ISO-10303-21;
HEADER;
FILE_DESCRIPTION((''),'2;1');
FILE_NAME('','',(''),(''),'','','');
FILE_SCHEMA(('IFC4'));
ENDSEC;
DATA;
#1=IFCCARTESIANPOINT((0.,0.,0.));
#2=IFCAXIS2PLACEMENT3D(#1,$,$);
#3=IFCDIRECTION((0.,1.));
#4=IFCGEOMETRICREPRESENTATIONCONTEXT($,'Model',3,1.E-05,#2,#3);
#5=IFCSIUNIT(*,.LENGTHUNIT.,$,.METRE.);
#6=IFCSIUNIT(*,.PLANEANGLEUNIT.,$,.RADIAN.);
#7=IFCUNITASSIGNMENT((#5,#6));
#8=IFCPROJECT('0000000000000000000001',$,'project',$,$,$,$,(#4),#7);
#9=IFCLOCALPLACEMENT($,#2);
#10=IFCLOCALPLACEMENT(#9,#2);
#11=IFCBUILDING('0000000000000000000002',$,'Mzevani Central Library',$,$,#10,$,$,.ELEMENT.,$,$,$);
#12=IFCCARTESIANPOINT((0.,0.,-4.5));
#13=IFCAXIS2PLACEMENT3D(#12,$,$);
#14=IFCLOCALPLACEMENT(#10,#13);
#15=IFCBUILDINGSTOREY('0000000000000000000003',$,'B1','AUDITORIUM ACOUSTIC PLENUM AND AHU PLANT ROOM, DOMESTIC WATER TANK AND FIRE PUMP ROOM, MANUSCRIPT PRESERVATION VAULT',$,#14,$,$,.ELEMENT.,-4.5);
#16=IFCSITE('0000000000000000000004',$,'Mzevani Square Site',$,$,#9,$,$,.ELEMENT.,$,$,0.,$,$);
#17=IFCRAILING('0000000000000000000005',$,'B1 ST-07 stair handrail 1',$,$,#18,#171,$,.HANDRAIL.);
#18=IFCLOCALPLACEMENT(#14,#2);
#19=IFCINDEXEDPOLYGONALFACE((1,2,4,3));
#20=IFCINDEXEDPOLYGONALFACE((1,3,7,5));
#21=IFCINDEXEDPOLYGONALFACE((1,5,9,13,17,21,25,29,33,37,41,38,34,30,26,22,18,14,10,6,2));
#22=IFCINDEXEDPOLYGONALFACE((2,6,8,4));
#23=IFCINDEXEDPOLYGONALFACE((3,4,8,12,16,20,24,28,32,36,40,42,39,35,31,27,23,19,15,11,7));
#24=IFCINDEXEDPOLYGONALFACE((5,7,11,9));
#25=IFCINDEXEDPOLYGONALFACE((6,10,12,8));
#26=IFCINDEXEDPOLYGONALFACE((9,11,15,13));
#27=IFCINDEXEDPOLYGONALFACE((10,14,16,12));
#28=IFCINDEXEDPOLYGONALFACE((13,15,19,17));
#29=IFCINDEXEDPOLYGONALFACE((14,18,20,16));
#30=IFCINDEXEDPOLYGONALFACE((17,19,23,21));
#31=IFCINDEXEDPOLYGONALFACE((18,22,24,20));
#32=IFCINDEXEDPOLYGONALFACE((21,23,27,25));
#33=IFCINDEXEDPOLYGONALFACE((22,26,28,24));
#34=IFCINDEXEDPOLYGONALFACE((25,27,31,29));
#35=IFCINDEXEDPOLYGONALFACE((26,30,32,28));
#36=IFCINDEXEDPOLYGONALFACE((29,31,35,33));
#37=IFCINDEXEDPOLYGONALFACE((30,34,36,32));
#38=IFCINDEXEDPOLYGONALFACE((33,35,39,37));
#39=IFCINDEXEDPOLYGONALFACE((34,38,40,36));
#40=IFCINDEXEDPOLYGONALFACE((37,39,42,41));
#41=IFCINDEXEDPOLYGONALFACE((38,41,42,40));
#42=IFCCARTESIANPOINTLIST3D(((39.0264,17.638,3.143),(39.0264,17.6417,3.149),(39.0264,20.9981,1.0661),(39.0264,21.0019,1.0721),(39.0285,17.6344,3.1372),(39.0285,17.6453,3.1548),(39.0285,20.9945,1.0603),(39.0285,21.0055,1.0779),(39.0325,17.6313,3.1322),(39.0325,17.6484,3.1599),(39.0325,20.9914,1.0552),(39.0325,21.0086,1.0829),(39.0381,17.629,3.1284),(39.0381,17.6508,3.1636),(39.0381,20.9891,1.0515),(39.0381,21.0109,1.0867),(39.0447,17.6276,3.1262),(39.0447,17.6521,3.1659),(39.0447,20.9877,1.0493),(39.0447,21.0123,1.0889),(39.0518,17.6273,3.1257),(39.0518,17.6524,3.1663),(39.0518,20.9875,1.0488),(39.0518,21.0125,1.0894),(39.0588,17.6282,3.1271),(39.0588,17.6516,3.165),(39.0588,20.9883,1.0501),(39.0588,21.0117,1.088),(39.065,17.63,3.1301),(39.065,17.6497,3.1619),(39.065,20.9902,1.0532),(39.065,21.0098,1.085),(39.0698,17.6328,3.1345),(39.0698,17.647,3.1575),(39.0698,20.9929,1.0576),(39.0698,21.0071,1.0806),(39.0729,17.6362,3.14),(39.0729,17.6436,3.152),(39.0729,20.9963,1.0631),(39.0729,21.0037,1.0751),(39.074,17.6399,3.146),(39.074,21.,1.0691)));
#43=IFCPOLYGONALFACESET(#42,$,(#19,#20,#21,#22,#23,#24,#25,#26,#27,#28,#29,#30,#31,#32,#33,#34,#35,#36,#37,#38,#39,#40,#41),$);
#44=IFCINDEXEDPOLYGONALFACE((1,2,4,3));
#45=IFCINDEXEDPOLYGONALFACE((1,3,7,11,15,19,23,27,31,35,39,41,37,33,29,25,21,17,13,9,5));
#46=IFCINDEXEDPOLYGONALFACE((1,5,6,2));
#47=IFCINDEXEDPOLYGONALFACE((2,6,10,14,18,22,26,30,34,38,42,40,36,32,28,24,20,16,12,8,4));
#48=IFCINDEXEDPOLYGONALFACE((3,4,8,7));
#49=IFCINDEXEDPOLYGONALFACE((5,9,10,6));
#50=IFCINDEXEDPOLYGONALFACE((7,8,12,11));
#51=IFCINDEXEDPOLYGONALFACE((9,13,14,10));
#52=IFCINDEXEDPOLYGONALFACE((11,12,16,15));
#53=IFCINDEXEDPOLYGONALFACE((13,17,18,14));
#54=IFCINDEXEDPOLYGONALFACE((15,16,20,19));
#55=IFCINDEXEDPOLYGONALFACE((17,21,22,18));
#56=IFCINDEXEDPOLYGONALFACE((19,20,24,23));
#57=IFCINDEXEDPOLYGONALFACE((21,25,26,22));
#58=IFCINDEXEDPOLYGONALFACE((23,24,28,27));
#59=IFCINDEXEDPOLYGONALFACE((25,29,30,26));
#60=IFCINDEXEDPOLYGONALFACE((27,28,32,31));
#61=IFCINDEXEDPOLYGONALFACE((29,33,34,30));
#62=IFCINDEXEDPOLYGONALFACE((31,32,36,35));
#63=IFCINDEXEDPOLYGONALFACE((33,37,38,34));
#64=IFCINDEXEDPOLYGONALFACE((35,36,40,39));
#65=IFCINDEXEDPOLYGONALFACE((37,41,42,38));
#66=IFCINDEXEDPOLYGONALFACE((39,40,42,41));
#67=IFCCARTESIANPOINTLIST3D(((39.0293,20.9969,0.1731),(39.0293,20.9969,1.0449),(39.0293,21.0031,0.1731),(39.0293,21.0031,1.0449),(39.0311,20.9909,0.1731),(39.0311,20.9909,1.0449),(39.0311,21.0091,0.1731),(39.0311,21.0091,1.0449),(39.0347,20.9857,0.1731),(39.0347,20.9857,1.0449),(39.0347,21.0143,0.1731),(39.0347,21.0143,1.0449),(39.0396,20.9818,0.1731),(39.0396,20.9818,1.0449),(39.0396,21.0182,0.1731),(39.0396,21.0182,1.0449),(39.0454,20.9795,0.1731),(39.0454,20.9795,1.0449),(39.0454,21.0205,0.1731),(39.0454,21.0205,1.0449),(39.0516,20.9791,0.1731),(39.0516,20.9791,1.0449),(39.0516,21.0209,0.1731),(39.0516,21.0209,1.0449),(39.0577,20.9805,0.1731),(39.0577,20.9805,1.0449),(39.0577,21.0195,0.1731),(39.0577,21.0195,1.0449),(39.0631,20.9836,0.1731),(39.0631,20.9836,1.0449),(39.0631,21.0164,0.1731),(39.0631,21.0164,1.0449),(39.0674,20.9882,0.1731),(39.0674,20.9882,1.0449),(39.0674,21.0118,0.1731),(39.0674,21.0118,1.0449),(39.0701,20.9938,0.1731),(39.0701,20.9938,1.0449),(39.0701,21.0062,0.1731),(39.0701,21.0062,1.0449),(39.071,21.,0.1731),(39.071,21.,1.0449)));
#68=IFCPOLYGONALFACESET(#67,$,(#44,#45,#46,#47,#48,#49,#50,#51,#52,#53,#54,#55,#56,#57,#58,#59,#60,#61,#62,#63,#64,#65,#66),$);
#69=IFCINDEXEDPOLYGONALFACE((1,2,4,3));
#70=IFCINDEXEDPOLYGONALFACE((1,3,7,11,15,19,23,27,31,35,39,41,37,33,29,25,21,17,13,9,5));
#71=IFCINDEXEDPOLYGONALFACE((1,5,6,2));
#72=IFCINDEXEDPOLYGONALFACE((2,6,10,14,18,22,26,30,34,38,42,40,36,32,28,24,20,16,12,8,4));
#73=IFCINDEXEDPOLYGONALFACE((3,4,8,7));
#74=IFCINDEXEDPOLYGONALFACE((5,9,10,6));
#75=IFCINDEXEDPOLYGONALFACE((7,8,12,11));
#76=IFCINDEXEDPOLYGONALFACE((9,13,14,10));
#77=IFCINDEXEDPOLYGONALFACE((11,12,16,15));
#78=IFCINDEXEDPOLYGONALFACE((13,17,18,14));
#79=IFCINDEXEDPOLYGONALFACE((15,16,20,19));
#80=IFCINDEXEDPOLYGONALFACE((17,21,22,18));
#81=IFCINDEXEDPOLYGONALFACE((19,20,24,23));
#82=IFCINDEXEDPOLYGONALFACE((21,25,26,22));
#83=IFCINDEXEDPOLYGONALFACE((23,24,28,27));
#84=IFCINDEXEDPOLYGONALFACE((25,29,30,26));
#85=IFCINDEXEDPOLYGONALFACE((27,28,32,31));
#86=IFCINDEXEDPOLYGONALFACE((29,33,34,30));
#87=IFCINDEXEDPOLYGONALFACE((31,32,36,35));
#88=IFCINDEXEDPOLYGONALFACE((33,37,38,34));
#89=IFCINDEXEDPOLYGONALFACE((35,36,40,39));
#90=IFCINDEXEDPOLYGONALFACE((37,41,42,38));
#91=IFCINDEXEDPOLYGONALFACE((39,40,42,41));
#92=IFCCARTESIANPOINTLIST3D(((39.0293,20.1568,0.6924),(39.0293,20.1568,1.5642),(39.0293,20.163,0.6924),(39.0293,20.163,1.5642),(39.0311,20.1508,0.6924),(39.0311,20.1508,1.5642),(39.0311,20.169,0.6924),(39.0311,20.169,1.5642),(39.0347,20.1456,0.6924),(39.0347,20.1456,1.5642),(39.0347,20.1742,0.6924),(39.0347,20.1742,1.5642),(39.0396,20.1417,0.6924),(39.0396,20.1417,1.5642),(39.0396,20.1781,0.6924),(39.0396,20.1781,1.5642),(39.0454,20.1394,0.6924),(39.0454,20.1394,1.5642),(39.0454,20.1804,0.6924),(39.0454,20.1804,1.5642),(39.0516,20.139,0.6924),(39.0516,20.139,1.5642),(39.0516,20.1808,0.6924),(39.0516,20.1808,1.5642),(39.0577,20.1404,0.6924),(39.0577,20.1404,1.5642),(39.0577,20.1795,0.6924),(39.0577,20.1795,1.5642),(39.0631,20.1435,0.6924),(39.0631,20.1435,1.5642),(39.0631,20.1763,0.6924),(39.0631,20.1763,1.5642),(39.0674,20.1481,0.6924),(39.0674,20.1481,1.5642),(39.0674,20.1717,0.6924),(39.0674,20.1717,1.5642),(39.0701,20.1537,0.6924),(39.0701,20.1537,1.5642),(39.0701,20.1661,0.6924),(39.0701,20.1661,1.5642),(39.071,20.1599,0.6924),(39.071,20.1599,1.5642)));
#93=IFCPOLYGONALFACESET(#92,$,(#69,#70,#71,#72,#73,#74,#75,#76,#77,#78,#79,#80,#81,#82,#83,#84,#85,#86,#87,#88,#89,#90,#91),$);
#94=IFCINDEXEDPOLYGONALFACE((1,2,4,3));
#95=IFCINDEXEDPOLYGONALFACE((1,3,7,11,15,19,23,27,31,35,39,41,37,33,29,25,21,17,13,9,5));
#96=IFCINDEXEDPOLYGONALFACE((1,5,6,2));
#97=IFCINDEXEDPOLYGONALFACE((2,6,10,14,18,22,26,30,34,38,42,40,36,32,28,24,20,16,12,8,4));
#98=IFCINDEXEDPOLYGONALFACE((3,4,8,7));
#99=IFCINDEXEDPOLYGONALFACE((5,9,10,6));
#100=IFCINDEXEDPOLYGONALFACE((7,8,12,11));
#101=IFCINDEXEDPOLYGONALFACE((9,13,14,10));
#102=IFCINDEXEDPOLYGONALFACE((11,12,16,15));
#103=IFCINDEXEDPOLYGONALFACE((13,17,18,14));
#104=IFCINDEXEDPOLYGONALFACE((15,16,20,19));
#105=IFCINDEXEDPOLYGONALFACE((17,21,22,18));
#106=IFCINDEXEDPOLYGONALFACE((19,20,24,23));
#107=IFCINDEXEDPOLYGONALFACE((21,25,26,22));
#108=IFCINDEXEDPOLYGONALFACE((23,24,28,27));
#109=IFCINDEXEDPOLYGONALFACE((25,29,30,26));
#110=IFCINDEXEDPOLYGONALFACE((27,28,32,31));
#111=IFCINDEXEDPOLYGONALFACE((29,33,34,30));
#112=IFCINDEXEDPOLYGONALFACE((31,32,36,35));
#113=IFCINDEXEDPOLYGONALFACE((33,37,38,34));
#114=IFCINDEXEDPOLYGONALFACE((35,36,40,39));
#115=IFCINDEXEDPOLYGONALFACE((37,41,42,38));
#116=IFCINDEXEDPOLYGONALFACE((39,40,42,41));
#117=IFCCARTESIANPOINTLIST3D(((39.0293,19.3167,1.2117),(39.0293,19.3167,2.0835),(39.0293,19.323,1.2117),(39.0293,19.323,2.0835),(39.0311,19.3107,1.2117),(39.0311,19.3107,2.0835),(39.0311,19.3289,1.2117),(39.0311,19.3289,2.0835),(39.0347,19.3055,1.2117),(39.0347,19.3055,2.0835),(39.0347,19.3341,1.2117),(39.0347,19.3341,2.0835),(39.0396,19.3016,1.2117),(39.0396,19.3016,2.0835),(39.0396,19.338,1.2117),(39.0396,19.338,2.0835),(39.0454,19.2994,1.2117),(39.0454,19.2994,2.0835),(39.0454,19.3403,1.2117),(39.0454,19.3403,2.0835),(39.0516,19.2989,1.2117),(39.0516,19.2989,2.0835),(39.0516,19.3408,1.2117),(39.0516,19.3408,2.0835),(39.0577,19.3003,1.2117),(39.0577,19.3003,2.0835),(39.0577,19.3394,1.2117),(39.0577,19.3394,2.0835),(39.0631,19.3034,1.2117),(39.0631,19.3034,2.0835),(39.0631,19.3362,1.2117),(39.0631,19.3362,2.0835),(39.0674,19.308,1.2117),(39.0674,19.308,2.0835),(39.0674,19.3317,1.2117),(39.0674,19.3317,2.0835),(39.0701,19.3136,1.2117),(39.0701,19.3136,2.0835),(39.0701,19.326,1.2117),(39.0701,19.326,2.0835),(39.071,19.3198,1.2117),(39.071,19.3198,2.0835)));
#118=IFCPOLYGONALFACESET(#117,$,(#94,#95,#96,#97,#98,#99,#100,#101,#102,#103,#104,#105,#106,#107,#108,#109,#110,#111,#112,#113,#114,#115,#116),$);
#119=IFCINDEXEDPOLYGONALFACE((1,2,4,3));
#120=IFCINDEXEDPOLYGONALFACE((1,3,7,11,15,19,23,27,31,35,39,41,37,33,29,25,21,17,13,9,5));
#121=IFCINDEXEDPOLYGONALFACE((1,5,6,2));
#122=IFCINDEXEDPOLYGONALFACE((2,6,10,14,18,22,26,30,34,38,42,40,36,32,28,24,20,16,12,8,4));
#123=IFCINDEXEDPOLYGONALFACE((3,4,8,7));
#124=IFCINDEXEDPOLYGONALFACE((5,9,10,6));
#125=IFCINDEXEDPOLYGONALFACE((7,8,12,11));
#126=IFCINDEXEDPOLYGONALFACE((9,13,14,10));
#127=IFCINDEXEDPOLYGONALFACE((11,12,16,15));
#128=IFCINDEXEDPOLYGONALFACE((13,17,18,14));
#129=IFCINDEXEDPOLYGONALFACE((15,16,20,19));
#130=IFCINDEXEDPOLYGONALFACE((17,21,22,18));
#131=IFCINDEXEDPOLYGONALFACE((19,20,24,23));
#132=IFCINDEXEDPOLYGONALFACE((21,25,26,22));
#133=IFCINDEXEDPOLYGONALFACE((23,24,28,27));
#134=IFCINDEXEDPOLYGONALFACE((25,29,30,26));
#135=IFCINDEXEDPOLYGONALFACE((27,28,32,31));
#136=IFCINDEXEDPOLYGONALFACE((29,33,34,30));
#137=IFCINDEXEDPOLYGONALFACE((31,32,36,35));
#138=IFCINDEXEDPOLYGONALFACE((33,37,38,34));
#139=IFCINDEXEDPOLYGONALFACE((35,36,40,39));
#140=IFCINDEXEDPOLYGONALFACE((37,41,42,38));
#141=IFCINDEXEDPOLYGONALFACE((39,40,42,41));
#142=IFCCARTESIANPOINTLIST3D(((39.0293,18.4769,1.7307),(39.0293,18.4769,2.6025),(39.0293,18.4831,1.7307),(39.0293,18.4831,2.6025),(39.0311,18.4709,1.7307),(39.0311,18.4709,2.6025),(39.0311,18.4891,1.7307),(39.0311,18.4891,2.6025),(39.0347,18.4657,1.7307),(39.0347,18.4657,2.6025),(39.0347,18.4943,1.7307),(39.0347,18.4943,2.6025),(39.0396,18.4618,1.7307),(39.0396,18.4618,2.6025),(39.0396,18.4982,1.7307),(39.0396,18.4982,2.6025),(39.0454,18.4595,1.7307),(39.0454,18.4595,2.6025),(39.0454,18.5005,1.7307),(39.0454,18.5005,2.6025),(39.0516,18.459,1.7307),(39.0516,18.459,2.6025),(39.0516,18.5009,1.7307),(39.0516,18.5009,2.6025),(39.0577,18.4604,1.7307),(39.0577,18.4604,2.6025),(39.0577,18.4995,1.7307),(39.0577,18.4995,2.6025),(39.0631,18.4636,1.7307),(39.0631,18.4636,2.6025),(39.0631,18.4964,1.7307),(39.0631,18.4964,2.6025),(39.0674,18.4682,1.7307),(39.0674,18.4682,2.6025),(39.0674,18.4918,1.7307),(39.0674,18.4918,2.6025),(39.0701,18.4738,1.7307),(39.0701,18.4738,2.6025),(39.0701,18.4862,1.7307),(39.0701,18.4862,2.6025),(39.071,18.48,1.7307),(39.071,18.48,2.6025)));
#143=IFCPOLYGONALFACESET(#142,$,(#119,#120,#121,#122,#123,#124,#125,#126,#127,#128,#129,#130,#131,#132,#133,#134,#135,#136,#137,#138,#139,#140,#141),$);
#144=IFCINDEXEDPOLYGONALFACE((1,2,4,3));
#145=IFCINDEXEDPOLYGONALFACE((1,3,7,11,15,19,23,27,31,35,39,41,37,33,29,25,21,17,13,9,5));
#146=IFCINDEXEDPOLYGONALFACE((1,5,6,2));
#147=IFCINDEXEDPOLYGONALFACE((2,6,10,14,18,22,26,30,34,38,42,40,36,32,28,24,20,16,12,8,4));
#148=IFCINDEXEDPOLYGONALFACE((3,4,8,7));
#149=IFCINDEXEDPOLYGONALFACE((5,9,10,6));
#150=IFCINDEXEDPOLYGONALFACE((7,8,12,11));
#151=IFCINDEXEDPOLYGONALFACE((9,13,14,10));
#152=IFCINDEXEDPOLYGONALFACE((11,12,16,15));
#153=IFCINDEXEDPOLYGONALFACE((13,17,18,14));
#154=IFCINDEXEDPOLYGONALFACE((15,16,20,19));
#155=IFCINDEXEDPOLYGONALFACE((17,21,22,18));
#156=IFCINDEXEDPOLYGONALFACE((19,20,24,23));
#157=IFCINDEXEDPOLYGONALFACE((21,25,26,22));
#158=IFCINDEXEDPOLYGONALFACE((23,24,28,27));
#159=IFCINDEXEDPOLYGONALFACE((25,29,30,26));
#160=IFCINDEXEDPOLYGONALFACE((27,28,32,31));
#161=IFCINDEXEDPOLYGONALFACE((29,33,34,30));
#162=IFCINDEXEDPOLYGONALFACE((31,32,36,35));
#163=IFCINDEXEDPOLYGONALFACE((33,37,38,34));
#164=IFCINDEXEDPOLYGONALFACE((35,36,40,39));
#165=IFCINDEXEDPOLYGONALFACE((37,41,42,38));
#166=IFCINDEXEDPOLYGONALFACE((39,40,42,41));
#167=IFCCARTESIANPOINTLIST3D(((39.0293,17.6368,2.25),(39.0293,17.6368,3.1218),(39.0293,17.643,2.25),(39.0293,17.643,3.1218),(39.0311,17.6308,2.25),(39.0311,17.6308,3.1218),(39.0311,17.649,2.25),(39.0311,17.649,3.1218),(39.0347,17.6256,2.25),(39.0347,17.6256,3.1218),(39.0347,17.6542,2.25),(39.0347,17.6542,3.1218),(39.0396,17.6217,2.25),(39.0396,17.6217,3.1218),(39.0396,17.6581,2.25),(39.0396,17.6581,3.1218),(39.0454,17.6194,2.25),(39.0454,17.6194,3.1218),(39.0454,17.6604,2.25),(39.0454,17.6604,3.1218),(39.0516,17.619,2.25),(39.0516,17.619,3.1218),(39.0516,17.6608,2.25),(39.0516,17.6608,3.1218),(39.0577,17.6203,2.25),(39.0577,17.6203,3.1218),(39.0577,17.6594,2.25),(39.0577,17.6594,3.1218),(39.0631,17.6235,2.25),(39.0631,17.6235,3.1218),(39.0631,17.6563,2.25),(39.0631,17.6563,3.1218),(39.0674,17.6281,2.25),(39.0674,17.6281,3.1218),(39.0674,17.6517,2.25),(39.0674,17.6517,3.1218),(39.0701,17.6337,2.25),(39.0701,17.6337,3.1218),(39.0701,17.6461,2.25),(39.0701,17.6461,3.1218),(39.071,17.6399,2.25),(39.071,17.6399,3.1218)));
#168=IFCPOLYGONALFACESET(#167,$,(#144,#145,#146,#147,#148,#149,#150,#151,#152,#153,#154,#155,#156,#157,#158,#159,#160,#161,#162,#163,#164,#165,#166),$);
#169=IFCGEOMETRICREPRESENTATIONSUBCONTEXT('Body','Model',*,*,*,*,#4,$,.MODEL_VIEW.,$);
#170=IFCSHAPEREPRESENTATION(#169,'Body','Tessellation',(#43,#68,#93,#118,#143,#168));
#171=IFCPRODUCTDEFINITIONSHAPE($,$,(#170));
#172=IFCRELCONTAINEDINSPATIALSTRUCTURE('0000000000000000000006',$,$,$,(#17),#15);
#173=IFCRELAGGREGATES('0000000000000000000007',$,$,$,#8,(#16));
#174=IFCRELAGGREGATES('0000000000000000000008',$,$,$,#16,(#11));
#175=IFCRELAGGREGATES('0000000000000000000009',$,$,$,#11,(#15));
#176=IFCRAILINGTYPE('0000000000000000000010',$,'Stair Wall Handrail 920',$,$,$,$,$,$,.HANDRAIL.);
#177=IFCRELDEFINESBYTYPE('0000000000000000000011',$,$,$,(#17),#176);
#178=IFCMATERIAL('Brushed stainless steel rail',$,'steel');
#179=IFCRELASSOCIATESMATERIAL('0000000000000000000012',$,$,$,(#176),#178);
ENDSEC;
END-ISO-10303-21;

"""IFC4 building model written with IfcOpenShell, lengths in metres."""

from ifc_helpers import new_model, si_unit, direction, frame, origin, origin_2d, place, context, subcontext, project, spatial, circle, extrude, material, type_object, element, save


model = new_model("IFC4")

# Units and contexts
model_context = context("Model", 3, precision=1e-05, world=origin(), true_north=direction((0.0, 1.0)))
body_context = subcontext(model_context, "Body", "Model", "MODEL_VIEW")
ifc_project = project(units=[si_unit("LENGTHUNIT", "METRE"), si_unit("PLANEANGLEUNIT", "RADIAN")], contexts=[model_context])

# Site, building, storey
site_placement = place(None, origin())
site = spatial("IfcSite", under=ifc_project, at=site_placement, Name="Mzevani Square Site", CompositionType="ELEMENT", RefElevation=0.0)
building_placement = place(site_placement, origin())
building = spatial("IfcBuilding", under=site, at=building_placement, Name="Mzevani Central Library", CompositionType="ELEMENT")
storey_placement = place(building_placement, frame((0.0, 0.0, -4.5)))
storey = spatial("IfcBuildingStorey", under=building, at=storey_placement, Name="B1", Description="AUDITORIUM ACOUSTIC PLENUM AND AHU PLANT ROOM, DOMESTIC WATER TANK AND FIRE PUMP ROOM, MANUSCRIPT PRESERVATION VAULT", CompositionType="ELEMENT", Elevation=-4.5)

# Shared definitions
ifc_material_1 = material(Name="Brushed stainless steel rail", Category="steel")

# Railing
railing_type_1 = type_object("IfcRailingType", Name="Stair Wall Handrail 920", PredefinedType="HANDRAIL", material=ifc_material_1)
railing_1_placement = place(storey_placement, frame((39.05, 21.0, 0.1731)))
element("IfcRailing", 1, at=railing_1_placement, inside=storey, type_object=railing_type_1, Name="B1 ST-07 stair handrail 1", PredefinedType="HANDRAIL", context=body_context, shape_type="SweptSolid", body=[
    extrude(circle(Radius=0.0239, at=origin_2d()), frame((0.0, 0.0, 0.896), z_axis=(0.0, -0.850623, 0.525776), x_axis=(1.0, 0.0, 0.0)), (0.0, 0.0, 1.0), 3.9502),
    extrude(circle(Radius=0.021, at=origin_2d()), origin(), (0.0, 0.0, 1.0), 0.8718),
    extrude(circle(Radius=0.021, at=origin_2d()), frame((0.0, -0.8401, 0.5193)), (0.0, 0.0, 1.0), 0.8718),
    extrude(circle(Radius=0.021, at=origin_2d()), frame((0.0, -1.6802, 1.0386)), (0.0, 0.0, 1.0), 0.8718),
    extrude(circle(Radius=0.021, at=origin_2d()), frame((0.0, -2.52, 1.5576)), (0.0, 0.0, 1.0), 0.8718),
    extrude(circle(Radius=0.021, at=origin_2d()), frame((0.0, -3.3601, 2.0769)), (0.0, 0.0, 1.0), 0.8718),
])

save(model, "model.ifc")
